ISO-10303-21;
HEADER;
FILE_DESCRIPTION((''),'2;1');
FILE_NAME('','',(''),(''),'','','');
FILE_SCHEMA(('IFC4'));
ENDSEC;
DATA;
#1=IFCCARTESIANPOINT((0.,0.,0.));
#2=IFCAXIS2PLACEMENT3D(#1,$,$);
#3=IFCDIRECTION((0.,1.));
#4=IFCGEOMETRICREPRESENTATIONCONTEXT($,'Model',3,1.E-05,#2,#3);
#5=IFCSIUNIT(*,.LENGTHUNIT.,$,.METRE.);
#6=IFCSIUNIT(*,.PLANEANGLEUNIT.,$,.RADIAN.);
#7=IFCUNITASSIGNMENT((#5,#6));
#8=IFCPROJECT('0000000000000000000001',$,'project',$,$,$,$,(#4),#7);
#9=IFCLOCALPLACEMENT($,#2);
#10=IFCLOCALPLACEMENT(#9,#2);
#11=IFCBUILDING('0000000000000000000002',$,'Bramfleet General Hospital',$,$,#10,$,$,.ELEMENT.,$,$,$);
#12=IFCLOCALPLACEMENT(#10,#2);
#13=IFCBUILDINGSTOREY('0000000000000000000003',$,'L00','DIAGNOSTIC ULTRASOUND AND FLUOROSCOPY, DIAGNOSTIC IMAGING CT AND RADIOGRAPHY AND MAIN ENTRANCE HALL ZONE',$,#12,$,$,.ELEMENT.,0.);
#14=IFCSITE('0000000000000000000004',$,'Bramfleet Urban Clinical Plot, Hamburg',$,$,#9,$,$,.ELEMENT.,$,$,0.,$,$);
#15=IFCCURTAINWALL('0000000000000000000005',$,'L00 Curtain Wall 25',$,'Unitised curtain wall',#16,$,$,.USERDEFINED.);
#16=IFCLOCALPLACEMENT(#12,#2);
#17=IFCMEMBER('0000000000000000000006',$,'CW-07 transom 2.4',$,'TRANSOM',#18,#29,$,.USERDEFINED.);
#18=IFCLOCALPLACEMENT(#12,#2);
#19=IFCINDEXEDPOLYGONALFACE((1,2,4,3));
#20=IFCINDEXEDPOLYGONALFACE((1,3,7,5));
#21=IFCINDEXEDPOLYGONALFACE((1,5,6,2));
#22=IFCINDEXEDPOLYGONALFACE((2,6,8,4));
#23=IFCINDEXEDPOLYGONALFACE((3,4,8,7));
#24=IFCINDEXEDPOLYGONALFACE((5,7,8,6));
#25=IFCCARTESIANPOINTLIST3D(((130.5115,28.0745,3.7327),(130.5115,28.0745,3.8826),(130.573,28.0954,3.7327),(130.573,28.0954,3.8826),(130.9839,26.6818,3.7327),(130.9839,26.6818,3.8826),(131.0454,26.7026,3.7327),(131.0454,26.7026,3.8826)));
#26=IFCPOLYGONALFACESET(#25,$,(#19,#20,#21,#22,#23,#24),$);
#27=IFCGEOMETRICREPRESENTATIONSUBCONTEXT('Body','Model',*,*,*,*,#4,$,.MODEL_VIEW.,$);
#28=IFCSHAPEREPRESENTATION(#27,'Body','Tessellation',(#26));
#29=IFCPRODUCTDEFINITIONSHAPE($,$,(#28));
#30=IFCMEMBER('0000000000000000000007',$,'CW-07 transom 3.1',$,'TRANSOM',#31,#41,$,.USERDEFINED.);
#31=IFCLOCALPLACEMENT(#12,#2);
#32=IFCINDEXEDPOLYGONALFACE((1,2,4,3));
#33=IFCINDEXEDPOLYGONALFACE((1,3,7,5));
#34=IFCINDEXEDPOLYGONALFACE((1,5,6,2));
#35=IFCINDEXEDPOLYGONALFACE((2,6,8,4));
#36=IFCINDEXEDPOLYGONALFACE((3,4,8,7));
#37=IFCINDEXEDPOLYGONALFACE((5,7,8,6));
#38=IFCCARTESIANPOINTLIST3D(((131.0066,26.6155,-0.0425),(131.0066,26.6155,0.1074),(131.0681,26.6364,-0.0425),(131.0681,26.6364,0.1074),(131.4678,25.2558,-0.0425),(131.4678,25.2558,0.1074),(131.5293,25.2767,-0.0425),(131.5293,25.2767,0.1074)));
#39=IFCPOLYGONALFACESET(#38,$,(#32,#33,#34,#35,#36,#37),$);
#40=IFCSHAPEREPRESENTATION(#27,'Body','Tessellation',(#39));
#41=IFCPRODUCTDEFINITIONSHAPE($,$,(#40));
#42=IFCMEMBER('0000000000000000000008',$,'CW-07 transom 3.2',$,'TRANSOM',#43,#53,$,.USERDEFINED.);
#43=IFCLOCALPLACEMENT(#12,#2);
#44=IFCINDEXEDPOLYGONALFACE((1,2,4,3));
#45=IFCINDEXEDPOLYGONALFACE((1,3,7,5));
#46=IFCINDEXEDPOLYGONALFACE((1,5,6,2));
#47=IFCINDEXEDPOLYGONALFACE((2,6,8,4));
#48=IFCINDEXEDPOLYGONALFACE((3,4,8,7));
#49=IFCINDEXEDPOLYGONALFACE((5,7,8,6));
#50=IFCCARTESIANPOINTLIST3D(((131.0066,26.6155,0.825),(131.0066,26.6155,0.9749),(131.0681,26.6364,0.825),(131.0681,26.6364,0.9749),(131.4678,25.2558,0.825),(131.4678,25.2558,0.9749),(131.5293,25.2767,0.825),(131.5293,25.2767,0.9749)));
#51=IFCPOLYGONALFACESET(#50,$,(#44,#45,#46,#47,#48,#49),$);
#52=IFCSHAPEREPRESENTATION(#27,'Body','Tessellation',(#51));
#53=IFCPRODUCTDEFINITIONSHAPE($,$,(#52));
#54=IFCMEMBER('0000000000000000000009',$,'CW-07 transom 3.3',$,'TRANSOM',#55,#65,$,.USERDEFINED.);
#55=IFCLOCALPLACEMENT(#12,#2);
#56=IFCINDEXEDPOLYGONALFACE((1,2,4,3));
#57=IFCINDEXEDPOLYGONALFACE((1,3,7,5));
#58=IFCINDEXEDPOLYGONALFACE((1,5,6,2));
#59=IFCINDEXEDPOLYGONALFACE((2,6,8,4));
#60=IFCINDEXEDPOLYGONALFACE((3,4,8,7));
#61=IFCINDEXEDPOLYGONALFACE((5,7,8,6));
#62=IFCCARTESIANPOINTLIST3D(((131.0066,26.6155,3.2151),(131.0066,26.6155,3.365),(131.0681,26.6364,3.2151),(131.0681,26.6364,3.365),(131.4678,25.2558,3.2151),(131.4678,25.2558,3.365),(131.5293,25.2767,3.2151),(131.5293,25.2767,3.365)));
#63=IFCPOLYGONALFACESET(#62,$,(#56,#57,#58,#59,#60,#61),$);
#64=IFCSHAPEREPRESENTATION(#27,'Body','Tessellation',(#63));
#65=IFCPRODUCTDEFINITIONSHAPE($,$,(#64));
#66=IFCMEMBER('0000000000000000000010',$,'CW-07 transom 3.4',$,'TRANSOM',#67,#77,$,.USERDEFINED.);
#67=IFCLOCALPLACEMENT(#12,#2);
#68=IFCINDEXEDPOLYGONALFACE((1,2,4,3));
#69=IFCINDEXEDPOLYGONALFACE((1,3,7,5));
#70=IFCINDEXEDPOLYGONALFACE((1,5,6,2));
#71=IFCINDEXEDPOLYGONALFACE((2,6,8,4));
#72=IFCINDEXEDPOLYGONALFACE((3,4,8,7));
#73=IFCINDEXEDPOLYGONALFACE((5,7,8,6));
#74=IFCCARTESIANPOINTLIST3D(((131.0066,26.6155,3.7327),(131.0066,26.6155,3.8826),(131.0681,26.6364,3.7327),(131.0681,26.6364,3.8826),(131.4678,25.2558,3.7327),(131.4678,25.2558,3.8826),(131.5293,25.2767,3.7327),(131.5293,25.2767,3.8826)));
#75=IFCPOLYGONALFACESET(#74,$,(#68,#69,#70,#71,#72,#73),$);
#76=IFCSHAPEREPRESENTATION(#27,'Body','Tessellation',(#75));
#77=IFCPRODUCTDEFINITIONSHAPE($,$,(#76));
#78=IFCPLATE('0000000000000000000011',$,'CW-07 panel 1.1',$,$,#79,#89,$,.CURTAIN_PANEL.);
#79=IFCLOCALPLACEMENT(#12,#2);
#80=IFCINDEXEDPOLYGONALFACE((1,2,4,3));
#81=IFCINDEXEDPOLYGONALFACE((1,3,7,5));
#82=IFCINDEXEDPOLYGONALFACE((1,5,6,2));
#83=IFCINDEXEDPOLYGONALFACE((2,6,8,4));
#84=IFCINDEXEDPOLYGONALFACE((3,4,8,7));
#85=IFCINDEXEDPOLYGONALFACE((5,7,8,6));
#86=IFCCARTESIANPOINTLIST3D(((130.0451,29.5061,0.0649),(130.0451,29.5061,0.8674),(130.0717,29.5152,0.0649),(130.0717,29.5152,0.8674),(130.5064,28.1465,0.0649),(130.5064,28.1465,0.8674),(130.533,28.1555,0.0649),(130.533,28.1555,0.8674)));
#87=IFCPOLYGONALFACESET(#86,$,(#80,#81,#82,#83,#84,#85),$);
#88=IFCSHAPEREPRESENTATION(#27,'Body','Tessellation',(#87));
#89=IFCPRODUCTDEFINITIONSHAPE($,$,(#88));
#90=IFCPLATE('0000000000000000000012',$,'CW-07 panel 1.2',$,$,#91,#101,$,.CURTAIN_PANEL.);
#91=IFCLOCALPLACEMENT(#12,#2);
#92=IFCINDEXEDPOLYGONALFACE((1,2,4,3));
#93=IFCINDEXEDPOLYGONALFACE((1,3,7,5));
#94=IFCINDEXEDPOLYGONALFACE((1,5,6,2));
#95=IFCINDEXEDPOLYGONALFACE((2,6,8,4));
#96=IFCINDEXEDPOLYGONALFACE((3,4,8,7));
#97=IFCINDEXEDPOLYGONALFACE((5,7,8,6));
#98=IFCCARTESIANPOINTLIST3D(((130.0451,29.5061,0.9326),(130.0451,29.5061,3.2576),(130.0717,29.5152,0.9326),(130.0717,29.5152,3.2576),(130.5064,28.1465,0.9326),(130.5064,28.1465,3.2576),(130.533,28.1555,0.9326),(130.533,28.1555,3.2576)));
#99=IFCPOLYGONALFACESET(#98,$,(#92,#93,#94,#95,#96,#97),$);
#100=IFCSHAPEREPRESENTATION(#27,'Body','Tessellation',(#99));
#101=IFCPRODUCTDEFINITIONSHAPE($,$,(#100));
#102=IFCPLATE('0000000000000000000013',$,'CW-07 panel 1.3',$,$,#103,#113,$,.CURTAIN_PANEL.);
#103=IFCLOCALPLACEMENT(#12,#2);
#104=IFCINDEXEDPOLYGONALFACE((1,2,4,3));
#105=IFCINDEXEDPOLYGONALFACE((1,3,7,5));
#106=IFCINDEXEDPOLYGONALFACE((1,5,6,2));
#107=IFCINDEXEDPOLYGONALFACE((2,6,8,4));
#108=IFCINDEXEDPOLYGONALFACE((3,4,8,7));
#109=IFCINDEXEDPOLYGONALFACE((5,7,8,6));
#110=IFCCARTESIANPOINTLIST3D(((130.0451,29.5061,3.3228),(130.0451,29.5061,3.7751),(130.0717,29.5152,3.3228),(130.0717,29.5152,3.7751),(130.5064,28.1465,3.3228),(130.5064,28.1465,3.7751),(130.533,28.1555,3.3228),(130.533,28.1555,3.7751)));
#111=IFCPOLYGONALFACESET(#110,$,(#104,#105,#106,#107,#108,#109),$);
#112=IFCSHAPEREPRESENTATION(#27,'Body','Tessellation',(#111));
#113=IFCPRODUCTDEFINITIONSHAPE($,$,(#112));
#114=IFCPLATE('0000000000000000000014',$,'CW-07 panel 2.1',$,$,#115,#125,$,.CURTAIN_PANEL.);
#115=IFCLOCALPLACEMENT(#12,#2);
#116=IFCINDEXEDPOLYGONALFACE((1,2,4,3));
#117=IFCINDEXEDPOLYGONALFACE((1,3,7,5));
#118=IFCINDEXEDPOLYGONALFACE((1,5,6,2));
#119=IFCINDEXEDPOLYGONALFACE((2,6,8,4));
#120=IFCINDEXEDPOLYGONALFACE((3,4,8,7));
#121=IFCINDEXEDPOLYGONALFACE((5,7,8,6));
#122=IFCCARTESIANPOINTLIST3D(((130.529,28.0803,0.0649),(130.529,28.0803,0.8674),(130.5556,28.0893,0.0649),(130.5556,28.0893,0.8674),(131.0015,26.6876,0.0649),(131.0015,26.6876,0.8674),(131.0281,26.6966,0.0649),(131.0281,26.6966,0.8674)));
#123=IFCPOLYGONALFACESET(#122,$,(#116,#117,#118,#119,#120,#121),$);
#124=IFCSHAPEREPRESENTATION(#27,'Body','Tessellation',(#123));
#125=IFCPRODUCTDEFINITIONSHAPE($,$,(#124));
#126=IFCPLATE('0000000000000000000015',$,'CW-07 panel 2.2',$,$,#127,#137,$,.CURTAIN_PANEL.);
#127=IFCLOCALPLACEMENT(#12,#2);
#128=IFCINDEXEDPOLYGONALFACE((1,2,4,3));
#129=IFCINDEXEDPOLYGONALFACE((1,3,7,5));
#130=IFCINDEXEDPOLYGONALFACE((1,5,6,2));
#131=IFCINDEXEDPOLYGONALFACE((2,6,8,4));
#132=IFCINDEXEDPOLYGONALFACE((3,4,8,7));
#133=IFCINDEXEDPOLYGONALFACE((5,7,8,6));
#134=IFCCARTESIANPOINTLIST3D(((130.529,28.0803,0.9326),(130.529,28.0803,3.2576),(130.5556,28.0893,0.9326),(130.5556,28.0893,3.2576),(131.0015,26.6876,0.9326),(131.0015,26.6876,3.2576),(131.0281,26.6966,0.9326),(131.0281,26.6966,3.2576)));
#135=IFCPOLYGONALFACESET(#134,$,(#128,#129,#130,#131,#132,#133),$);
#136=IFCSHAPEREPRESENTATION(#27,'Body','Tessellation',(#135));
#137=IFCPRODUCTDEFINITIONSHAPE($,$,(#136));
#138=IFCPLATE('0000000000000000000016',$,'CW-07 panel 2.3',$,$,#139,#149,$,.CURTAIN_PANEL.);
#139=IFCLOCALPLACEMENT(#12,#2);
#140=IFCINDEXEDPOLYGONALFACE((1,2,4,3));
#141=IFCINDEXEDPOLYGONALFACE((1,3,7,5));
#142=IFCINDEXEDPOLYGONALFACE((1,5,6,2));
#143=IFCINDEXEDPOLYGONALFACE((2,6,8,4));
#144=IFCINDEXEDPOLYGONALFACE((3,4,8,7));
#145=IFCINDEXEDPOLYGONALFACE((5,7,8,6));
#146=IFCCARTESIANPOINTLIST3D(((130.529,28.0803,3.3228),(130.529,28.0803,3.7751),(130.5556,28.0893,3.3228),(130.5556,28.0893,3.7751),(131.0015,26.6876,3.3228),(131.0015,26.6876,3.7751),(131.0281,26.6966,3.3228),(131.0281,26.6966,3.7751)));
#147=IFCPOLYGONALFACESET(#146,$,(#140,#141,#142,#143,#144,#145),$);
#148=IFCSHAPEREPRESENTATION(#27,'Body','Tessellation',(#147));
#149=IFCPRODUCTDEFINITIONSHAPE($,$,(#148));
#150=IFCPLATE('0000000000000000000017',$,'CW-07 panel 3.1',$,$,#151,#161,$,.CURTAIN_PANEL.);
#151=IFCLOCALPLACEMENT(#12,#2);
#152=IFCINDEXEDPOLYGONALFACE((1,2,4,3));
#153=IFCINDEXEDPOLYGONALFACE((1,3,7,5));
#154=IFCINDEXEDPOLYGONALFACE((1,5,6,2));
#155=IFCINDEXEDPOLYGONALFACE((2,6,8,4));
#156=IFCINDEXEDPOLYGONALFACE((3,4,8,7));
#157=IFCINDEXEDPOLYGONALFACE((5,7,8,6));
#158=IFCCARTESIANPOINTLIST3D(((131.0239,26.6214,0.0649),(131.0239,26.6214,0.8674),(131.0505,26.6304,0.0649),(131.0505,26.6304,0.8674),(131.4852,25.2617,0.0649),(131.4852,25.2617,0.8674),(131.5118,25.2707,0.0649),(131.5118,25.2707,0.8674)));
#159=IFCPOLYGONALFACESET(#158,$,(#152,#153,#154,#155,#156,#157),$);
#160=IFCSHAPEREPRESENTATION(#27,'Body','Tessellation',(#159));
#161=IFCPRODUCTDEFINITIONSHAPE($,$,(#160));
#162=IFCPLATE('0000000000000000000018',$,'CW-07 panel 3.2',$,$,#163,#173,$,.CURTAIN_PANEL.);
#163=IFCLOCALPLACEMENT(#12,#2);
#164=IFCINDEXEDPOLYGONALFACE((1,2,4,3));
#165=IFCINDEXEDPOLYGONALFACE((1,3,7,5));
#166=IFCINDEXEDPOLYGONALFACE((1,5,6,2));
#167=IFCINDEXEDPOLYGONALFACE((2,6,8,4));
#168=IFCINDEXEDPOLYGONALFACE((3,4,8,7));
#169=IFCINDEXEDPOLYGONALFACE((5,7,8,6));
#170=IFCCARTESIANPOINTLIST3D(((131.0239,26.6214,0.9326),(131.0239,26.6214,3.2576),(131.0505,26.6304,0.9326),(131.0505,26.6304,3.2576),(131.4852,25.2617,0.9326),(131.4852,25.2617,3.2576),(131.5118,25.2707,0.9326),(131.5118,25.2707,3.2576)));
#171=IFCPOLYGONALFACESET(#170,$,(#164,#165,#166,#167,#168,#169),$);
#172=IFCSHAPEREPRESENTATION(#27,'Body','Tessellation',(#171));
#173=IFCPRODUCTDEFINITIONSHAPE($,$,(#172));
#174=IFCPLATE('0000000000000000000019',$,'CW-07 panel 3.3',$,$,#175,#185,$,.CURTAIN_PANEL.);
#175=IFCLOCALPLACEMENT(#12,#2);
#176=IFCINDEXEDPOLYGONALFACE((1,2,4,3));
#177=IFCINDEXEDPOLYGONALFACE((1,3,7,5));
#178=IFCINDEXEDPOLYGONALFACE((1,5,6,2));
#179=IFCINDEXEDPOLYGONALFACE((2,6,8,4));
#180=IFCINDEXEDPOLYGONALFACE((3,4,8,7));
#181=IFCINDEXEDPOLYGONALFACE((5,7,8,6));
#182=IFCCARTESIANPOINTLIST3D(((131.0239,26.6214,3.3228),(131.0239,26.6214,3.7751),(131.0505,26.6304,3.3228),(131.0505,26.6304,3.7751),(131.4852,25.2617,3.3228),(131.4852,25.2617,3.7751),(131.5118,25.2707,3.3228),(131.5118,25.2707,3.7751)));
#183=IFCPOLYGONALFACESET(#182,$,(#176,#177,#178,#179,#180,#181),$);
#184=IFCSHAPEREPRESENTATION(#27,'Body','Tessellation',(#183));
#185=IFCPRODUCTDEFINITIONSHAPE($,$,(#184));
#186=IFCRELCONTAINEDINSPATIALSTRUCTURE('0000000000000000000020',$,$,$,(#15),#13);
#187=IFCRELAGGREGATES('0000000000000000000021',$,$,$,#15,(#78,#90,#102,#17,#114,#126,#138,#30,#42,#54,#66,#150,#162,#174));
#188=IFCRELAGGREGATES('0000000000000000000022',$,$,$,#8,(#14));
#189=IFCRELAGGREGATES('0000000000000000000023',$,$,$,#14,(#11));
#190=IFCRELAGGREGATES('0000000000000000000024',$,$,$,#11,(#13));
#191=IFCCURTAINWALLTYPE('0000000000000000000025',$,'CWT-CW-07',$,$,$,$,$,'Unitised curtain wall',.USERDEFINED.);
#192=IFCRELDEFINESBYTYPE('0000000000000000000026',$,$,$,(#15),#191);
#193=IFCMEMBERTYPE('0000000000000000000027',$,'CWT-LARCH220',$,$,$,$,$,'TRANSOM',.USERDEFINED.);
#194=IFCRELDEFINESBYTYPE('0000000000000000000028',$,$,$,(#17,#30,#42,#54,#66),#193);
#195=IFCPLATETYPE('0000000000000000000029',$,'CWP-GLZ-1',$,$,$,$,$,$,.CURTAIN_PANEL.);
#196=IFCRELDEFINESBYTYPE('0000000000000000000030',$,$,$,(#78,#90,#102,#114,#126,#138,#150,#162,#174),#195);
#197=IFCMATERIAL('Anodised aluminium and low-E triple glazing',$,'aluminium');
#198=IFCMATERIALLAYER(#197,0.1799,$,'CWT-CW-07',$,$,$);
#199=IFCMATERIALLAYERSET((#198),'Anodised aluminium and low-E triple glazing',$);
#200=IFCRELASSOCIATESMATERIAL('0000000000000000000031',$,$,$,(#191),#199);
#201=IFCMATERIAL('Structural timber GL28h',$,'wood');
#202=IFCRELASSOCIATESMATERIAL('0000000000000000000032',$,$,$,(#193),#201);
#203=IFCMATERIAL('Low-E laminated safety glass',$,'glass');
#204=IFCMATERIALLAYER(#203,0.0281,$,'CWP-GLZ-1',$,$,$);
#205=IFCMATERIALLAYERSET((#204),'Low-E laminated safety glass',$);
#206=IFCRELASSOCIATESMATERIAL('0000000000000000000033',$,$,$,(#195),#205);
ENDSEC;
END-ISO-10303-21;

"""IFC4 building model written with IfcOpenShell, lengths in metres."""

from ifc_helpers import new_model, si_unit, direction, frame, origin, origin_2d, place, context, subcontext, project, spatial, rectangle, extrude, material, layer, layer_set, material_profile, profile_set, type_object, element, aggregate, save


model = new_model("IFC4")

# Units and contexts
model_context = context("Model", 3, precision=1e-05, world=origin(), true_north=direction((0.0, 1.0)))
body_context = subcontext(model_context, "Body", "Model", "MODEL_VIEW")
ifc_project = project(units=[si_unit("LENGTHUNIT", "METRE"), si_unit("PLANEANGLEUNIT", "RADIAN")], contexts=[model_context])

# Site, building, storey
site_placement = place(None, origin())
site = spatial("IfcSite", under=ifc_project, at=site_placement, Name="Bramfleet Urban Clinical Plot, Hamburg", CompositionType="ELEMENT", RefElevation=0.0)
building_placement = place(site_placement, origin())
building = spatial("IfcBuilding", under=site, at=building_placement, Name="Bramfleet General Hospital", CompositionType="ELEMENT")
storey_placement = place(building_placement, origin())
storey = spatial("IfcBuildingStorey", under=building, at=storey_placement, Name="L00", Description="DIAGNOSTIC ULTRASOUND AND FLUOROSCOPY, DIAGNOSTIC IMAGING CT AND RADIOGRAPHY AND MAIN ENTRANCE HALL ZONE", CompositionType="ELEMENT", Elevation=0.0)

# Shared definitions
ifc_material_1 = material(Name="Anodised aluminium and low-E triple glazing", Category="aluminium")
ifc_material_2 = material(Name="Structural timber GL28h", Category="wood")

# Curtain wall
ifc_layer_1 = layer(ifc_material_1, 0.1799, Name="CWT-CW-07")
ifc_layer_set_1 = layer_set([ifc_layer_1], Name="Anodised aluminium and low-E triple glazing")
curtain_wall_type_1 = type_object("IfcCurtainWallType", Name="CWT-CW-07", ElementType="Unitised curtain wall", PredefinedType="USERDEFINED", material=ifc_layer_set_1)
curtain_wall_1_placement = place(storey_placement, origin())
curtain_wall_1 = element("IfcCurtainWall", 1, at=curtain_wall_1_placement, inside=storey, type_object=curtain_wall_type_1, Name="L00 Curtain Wall 25", ObjectType="Unitised curtain wall", PredefinedType="USERDEFINED")

# Members
ifc_material_profile_1 = material_profile(ifc_material_2, rectangle(XDim=0.0649, YDim=0.1499, at=origin_2d()), Name="LARCH 150x65")
ifc_profile_set_1 = profile_set([ifc_material_profile_1], Name="Structural timber GL28h")
member_type_1 = type_object("IfcMemberType", Name="CWT-LARCH220", ElementType="TRANSOM", PredefinedType="USERDEFINED", material=ifc_profile_set_1)
member_1_placement = place(storey_placement, frame((130.5422, 28.085, 3.8076), z_axis=(0.321203, -0.94701, 0.0), x_axis=(0.94701, 0.321203, 0.0)))
member_1 = element("IfcMember", 2, at=member_1_placement, type_object=member_type_1, Name="CW-07 transom 2.4", ObjectType="TRANSOM", PredefinedType="USERDEFINED", context=body_context, shape_type="SweptSolid", body=[
    extrude(rectangle(XDim=0.0649, YDim=0.1499, at=origin_2d()), origin(), (0.0, 0.0, 1.0), 1.4707),
])
member_2_placement = place(storey_placement, frame((131.0374, 26.626, 0.0325), z_axis=(0.321223, -0.947004, 0.0), x_axis=(0.947004, 0.321223, 0.0)))
member_2 = element("IfcMember", 3, at=member_2_placement, type_object=member_type_1, Name="CW-07 transom 3.1", ObjectType="TRANSOM", PredefinedType="USERDEFINED", context=body_context, shape_type="SweptSolid", body=[
    extrude(rectangle(XDim=0.0649, YDim=0.1499, at=origin_2d()), origin(), (0.0, 0.0, 1.0), 1.4358),
])
member_3_placement = place(storey_placement, frame((131.0374, 26.626, 0.8999), z_axis=(0.321223, -0.947004, 0.0), x_axis=(0.947004, 0.321223, 0.0)))
member_3 = element("IfcMember", 4, at=member_3_placement, type_object=member_type_1, Name="CW-07 transom 3.2", ObjectType="TRANSOM", PredefinedType="USERDEFINED", context=body_context, shape_type="SweptSolid", body=[
    extrude(rectangle(XDim=0.0649, YDim=0.1499, at=origin_2d()), origin(), (0.0, 0.0, 1.0), 1.4358),
])
member_4_placement = place(storey_placement, frame((131.0374, 26.626, 3.29), z_axis=(0.321223, -0.947004, 0.0), x_axis=(0.947004, 0.321223, 0.0)))
member_4 = element("IfcMember", 5, at=member_4_placement, type_object=member_type_1, Name="CW-07 transom 3.3", ObjectType="TRANSOM", PredefinedType="USERDEFINED", context=body_context, shape_type="SweptSolid", body=[
    extrude(rectangle(XDim=0.0649, YDim=0.1499, at=origin_2d()), origin(), (0.0, 0.0, 1.0), 1.4358),
])
member_5_placement = place(storey_placement, frame((131.0374, 26.626, 3.8076), z_axis=(0.321223, -0.947004, 0.0), x_axis=(0.947004, 0.321223, 0.0)))
member_5 = element("IfcMember", 6, at=member_5_placement, type_object=member_type_1, Name="CW-07 transom 3.4", ObjectType="TRANSOM", PredefinedType="USERDEFINED", context=body_context, shape_type="SweptSolid", body=[
    extrude(rectangle(XDim=0.0649, YDim=0.1499, at=origin_2d()), origin(), (0.0, 0.0, 1.0), 1.4358),
])

# Plates
ifc_material_3 = material(Name="Low-E laminated safety glass", Category="glass")
ifc_layer_2 = layer(ifc_material_3, 0.0281, Name="CWP-GLZ-1")
ifc_layer_set_2 = layer_set([ifc_layer_2], Name="Low-E laminated safety glass")
plate_type_1 = type_object("IfcPlateType", Name="CWP-GLZ-1", PredefinedType="CURTAIN_PANEL", material=ifc_layer_set_2)
plate_1_placement = place(storey_placement, frame((130.2891, 28.8308, 0.0649), z_axis=(0.0, 0.0, 1.0), x_axis=(0.321286, -0.946982, 0.0)))
plate_1 = element("IfcPlate", 7, at=plate_1_placement, type_object=plate_type_1, Name="CW-07 panel 1.1", PredefinedType="CURTAIN_PANEL", context=body_context, shape_type="SweptSolid", body=[
    extrude(rectangle(XDim=1.4358, YDim=0.0281, at=origin_2d()), origin(), (0.0, 0.0, 1.0), 0.8025),
])
plate_2_placement = place(storey_placement, frame((130.2891, 28.8308, 0.9326), z_axis=(0.0, 0.0, 1.0), x_axis=(0.321286, -0.946982, 0.0)))
plate_2 = element("IfcPlate", 8, at=plate_2_placement, type_object=plate_type_1, Name="CW-07 panel 1.2", PredefinedType="CURTAIN_PANEL", context=body_context, shape_type="SweptSolid", body=[
    extrude(rectangle(XDim=1.4358, YDim=0.0281, at=origin_2d()), origin(), (0.0, 0.0, 1.0), 2.325),
])
plate_3_placement = place(storey_placement, frame((130.2891, 28.8308, 3.3228), z_axis=(0.0, 0.0, 1.0), x_axis=(0.321286, -0.946982, 0.0)))
plate_3 = element("IfcPlate", 9, at=plate_3_placement, type_object=plate_type_1, Name="CW-07 panel 1.3", PredefinedType="CURTAIN_PANEL", context=body_context, shape_type="SweptSolid", body=[
    extrude(rectangle(XDim=1.4358, YDim=0.0281, at=origin_2d()), origin(), (0.0, 0.0, 1.0), 0.4524),
])
plate_4_placement = place(storey_placement, frame((130.7786, 27.3884, 0.0649), z_axis=(0.0, 0.0, 1.0), x_axis=(0.321286, -0.946982, 0.0)))
plate_4 = element("IfcPlate", 10, at=plate_4_placement, type_object=plate_type_1, Name="CW-07 panel 2.1", PredefinedType="CURTAIN_PANEL", context=body_context, shape_type="SweptSolid", body=[
    extrude(rectangle(XDim=1.4707, YDim=0.0281, at=origin_2d()), origin(), (0.0, 0.0, 1.0), 0.8025),
])
plate_5_placement = place(storey_placement, frame((130.7786, 27.3884, 0.9326), z_axis=(0.0, 0.0, 1.0), x_axis=(0.321286, -0.946982, 0.0)))
plate_5 = element("IfcPlate", 11, at=plate_5_placement, type_object=plate_type_1, Name="CW-07 panel 2.2", PredefinedType="CURTAIN_PANEL", context=body_context, shape_type="SweptSolid", body=[
    extrude(rectangle(XDim=1.4707, YDim=0.0281, at=origin_2d()), origin(), (0.0, 0.0, 1.0), 2.325),
])
plate_6_placement = place(storey_placement, frame((130.7786, 27.3884, 3.3228), z_axis=(0.0, 0.0, 1.0), x_axis=(0.321286, -0.946982, 0.0)))
plate_6 = element("IfcPlate", 12, at=plate_6_placement, type_object=plate_type_1, Name="CW-07 panel 2.3", PredefinedType="CURTAIN_PANEL", context=body_context, shape_type="SweptSolid", body=[
    extrude(rectangle(XDim=1.4707, YDim=0.0281, at=origin_2d()), origin(), (0.0, 0.0, 1.0), 0.4524),
])
plate_7_placement = place(storey_placement, frame((131.2678, 25.946, 0.0649), z_axis=(0.0, 0.0, 1.0), x_axis=(0.321286, -0.946982, 0.0)))
plate_7 = element("IfcPlate", 13, at=plate_7_placement, type_object=plate_type_1, Name="CW-07 panel 3.1", PredefinedType="CURTAIN_PANEL", context=body_context, shape_type="SweptSolid", body=[
    extrude(rectangle(XDim=1.4358, YDim=0.0281, at=origin_2d()), origin(), (0.0, 0.0, 1.0), 0.8025),
])
plate_8_placement = place(storey_placement, frame((131.2678, 25.946, 0.9326), z_axis=(0.0, 0.0, 1.0), x_axis=(0.321286, -0.946982, 0.0)))
plate_8 = element("IfcPlate", 14, at=plate_8_placement, type_object=plate_type_1, Name="CW-07 panel 3.2", PredefinedType="CURTAIN_PANEL", context=body_context, shape_type="SweptSolid", body=[
    extrude(rectangle(XDim=1.4358, YDim=0.0281, at=origin_2d()), origin(), (0.0, 0.0, 1.0), 2.325),
])
plate_9_placement = place(storey_placement, frame((131.2678, 25.946, 3.3228), z_axis=(0.0, 0.0, 1.0), x_axis=(0.321286, -0.946982, 0.0)))
plate_9 = element("IfcPlate", 15, at=plate_9_placement, type_object=plate_type_1, Name="CW-07 panel 3.3", PredefinedType="CURTAIN_PANEL", context=body_context, shape_type="SweptSolid", body=[
    extrude(rectangle(XDim=1.4358, YDim=0.0281, at=origin_2d()), origin(), (0.0, 0.0, 1.0), 0.4524),
])
aggregate(curtain_wall_1, [plate_1, plate_2, plate_3, member_1, plate_4, plate_5, plate_6, member_2, member_3, member_4, member_5, plate_7, plate_8, plate_9])

save(model, "model.ifc")
